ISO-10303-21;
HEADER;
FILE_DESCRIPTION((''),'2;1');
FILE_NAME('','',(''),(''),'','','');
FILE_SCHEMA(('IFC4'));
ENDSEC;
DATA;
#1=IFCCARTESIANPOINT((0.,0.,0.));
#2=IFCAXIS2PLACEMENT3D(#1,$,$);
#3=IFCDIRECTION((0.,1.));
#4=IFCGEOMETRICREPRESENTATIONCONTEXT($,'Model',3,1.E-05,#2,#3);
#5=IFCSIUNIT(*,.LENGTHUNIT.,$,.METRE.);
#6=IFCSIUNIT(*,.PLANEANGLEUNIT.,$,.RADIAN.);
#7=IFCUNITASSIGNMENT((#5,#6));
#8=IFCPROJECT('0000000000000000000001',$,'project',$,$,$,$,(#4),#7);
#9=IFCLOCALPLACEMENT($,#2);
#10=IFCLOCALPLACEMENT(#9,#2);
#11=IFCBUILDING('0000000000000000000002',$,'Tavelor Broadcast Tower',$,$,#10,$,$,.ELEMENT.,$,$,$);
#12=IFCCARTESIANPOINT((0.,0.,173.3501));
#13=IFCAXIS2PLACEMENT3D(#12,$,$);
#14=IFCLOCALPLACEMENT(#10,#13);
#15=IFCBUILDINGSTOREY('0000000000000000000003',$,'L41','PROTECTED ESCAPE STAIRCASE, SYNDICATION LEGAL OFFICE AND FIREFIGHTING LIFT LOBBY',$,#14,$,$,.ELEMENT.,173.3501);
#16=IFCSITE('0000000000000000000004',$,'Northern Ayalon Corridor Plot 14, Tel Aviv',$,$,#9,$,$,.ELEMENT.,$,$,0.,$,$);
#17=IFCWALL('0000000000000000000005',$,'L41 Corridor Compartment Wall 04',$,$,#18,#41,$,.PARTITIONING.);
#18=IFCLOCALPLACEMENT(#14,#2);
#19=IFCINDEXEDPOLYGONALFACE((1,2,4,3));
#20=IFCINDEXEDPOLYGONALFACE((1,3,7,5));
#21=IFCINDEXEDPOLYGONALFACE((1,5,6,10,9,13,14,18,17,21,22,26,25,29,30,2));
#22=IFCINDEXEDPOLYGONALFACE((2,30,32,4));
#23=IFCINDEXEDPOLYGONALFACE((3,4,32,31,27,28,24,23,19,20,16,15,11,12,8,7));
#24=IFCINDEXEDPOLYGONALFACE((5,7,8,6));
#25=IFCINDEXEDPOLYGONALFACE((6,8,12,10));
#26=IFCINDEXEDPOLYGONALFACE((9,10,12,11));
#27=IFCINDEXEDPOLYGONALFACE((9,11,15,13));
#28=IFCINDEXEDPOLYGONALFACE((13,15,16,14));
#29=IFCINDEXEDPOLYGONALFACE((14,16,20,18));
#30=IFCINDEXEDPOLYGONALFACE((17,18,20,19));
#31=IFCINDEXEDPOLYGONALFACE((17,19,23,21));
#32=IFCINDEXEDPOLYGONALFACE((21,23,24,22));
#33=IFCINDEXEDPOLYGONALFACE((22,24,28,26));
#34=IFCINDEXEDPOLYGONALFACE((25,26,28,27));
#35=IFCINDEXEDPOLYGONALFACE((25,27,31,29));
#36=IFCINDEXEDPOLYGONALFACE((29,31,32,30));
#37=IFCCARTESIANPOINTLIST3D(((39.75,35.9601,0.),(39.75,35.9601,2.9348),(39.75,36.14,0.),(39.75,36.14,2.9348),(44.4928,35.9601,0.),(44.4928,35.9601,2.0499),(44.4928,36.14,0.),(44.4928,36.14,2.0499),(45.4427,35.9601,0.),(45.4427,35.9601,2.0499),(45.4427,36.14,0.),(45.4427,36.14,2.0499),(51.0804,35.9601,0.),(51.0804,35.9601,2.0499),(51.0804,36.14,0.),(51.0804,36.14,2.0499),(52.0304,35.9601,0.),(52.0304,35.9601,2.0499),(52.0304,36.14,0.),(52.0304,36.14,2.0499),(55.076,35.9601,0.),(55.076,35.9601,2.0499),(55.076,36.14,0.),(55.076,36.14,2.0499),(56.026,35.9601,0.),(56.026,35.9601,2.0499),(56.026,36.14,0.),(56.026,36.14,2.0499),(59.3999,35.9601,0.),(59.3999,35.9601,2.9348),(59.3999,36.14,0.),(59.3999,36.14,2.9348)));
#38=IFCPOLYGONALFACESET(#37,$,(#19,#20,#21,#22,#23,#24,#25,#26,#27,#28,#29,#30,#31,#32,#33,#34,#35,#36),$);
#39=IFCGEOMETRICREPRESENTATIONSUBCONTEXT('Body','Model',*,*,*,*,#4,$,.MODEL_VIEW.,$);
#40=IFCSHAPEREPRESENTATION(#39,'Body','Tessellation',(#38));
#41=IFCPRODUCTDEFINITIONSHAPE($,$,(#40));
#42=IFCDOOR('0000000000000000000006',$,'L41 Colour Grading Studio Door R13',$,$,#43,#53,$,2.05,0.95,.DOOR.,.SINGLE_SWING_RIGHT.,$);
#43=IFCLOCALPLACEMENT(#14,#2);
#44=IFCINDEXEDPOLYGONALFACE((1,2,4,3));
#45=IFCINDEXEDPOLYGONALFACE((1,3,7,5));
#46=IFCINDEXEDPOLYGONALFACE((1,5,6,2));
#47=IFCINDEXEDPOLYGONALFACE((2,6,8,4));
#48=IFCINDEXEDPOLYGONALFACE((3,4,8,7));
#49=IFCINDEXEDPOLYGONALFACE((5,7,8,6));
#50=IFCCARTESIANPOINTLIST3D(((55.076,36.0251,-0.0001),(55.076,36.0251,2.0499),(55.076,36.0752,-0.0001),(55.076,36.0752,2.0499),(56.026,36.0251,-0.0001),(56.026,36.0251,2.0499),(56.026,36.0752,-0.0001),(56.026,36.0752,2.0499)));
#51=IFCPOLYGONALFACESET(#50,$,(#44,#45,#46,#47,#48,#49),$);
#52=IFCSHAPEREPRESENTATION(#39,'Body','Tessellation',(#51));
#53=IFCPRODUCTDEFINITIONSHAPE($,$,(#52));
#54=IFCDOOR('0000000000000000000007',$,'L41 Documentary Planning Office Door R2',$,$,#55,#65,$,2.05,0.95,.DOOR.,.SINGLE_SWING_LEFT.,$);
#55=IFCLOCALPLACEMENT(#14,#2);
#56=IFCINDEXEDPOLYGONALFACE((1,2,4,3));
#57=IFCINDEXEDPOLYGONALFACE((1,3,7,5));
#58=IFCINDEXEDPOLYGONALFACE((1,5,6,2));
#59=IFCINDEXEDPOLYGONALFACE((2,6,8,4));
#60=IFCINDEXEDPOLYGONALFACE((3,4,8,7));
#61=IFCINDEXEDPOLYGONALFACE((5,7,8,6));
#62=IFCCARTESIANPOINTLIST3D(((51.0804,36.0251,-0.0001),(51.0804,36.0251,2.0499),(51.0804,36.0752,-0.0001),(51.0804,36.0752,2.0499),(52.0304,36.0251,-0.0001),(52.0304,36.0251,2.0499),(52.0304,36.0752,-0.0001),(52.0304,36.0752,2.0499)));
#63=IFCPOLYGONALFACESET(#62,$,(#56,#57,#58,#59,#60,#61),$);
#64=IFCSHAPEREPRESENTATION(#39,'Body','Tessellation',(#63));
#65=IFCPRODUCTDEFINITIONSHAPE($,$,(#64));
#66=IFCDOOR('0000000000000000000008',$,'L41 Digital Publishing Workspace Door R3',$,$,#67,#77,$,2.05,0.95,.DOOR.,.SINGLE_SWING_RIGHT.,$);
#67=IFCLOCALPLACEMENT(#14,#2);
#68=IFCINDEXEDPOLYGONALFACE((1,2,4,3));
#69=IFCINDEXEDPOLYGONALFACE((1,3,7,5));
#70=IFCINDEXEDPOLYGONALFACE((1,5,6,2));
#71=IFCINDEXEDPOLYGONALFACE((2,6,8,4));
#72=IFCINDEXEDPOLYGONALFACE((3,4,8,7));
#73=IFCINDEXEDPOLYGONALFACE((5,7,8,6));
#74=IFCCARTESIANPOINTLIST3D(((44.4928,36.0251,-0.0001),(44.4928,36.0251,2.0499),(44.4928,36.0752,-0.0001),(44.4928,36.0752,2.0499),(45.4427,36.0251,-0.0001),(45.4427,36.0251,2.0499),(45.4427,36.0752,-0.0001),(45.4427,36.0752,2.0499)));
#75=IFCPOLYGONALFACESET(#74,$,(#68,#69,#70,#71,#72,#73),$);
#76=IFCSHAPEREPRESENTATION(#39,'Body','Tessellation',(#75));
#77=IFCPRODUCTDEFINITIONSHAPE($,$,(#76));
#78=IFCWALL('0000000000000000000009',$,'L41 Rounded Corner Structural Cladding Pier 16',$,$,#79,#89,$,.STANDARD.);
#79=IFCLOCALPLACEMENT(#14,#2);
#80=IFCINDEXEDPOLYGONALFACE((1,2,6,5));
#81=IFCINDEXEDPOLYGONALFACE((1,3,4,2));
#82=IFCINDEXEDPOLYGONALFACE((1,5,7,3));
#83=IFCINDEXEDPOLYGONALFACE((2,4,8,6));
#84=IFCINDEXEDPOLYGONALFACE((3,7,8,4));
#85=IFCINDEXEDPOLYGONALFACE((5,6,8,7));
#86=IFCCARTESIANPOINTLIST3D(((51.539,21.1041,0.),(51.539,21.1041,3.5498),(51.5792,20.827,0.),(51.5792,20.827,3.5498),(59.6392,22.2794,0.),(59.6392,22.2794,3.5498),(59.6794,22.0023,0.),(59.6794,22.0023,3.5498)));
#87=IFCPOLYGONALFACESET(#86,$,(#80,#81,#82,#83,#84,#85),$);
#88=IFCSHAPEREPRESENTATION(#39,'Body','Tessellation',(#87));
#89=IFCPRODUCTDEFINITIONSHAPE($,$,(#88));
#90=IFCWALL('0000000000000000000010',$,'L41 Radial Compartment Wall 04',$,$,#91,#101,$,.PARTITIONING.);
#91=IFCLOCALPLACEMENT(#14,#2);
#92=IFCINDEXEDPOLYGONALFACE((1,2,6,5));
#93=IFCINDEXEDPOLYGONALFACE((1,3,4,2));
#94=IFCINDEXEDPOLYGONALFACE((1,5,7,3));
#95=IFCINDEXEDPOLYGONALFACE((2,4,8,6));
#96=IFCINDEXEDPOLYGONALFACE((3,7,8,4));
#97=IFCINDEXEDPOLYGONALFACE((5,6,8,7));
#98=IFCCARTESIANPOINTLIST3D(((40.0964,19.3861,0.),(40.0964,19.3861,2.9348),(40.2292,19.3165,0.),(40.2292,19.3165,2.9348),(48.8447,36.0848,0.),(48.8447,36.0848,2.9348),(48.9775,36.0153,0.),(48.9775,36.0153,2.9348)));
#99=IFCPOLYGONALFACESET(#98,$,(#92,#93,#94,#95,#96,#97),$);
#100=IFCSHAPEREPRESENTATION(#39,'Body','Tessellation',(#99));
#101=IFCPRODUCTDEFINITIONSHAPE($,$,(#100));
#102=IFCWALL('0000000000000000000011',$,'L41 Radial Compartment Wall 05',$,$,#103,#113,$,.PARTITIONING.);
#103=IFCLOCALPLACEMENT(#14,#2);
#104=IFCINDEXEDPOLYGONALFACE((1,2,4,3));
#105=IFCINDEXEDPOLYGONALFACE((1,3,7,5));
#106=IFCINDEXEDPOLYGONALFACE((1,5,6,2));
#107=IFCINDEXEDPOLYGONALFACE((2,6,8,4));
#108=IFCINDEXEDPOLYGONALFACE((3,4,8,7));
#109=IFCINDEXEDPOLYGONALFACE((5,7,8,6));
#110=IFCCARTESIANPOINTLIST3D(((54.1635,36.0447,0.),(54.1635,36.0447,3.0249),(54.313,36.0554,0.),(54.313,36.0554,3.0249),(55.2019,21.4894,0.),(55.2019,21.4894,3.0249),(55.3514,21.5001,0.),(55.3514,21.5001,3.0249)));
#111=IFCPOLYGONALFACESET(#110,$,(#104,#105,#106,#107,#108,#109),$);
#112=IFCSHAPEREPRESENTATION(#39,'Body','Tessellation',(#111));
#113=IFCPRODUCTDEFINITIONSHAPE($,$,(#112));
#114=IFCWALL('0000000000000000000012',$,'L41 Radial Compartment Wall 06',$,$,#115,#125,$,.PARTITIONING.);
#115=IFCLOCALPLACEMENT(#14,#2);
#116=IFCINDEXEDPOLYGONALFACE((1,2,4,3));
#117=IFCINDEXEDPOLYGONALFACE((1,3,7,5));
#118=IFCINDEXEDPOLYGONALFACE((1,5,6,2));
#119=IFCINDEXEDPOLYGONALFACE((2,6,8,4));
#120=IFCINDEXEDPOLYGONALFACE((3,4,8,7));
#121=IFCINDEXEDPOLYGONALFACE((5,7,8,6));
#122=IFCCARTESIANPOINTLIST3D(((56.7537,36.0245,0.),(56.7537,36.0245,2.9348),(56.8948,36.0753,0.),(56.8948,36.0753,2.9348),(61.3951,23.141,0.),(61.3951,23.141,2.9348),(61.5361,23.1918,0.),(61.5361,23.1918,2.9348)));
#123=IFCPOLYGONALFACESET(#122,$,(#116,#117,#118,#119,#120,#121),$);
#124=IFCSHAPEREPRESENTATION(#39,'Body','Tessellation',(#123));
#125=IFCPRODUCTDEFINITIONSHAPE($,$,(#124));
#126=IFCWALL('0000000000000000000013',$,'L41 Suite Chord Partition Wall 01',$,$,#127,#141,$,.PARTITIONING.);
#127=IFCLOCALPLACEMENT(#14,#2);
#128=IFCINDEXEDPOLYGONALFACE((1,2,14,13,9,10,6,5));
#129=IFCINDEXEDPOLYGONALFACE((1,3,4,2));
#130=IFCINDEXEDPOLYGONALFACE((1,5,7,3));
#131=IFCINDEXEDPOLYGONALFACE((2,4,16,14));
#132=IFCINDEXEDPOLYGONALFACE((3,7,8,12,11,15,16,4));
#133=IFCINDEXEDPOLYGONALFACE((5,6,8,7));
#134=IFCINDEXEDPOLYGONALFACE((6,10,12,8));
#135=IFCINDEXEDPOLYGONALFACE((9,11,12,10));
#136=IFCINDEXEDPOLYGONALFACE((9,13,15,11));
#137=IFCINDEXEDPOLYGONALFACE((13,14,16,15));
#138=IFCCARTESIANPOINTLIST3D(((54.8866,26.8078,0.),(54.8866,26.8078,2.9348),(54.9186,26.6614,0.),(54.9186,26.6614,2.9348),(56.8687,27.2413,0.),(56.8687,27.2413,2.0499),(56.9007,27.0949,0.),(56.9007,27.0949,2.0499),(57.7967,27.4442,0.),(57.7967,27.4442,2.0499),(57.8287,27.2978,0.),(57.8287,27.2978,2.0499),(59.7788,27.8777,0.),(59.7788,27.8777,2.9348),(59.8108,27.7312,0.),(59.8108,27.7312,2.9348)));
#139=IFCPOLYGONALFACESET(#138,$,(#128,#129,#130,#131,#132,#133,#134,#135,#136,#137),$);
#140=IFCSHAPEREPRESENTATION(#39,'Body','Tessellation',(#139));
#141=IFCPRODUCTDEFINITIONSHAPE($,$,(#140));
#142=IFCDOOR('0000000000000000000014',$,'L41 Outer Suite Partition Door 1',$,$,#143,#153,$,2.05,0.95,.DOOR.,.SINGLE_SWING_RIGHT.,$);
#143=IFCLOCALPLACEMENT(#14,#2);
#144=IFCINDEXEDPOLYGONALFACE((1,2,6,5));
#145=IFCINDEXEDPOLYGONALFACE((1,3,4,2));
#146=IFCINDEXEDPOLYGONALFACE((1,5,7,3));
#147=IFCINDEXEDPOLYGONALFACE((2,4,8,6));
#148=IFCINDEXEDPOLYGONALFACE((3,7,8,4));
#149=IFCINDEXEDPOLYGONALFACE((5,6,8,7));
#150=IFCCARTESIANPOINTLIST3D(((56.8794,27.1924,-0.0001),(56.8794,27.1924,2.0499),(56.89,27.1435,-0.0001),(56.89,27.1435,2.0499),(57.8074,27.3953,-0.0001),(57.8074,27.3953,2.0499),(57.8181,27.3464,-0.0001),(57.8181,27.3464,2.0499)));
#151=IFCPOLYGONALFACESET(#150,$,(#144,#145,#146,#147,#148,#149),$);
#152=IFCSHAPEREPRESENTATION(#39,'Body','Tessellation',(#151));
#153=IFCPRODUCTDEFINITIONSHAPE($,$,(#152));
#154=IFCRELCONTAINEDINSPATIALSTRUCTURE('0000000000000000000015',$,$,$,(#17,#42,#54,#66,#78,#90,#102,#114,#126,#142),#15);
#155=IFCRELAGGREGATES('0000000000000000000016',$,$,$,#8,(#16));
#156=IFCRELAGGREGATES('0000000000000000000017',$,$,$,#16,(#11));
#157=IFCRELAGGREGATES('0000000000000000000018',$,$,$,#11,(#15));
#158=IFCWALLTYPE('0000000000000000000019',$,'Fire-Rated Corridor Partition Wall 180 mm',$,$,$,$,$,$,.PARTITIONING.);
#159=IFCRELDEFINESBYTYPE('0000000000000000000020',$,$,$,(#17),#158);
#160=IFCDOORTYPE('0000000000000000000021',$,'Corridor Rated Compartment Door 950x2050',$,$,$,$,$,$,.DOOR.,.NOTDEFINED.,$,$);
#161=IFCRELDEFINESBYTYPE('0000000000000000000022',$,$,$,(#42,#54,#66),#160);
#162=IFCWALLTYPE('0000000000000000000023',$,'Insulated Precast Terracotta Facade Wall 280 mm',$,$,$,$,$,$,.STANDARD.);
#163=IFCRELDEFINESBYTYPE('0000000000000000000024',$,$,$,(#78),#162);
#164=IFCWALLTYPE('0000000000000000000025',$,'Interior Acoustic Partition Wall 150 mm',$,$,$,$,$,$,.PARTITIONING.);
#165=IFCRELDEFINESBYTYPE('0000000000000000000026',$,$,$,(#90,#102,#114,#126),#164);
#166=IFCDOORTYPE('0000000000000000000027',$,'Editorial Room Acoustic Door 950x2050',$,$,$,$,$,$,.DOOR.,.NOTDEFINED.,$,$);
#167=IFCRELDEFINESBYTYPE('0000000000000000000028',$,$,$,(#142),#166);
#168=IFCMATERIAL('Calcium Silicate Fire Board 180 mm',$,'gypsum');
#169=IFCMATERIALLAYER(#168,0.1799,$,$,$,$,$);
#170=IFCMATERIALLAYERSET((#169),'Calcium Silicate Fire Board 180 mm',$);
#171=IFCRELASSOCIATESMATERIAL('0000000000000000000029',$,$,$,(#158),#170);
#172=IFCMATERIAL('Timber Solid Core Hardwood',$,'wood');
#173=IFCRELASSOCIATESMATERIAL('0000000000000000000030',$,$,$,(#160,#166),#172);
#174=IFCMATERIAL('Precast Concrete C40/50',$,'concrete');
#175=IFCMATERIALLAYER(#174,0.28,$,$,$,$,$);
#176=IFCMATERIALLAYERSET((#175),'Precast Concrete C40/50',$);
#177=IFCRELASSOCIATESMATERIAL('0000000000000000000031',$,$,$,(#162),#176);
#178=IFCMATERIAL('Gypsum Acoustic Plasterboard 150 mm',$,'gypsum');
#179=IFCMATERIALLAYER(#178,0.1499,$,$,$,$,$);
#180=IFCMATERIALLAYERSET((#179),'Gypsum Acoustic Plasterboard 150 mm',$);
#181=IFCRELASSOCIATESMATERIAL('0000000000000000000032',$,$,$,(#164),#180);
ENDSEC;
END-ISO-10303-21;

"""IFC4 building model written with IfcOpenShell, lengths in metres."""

from ifc_helpers import new_model, si_unit, direction, frame, frame_2d, origin, place, context, subcontext, project, spatial, rectangle, extrude, material, layer, layer_set, type_object, element, fill, save


model = new_model("IFC4")

# Units and contexts
model_context = context("Model", 3, precision=1e-05, world=origin(), true_north=direction((0.0, 1.0)))
body_context = subcontext(model_context, "Body", "Model", "MODEL_VIEW")
ifc_project = project(units=[si_unit("LENGTHUNIT", "METRE"), si_unit("PLANEANGLEUNIT", "RADIAN")], contexts=[model_context])

# Site, building, storey
site_placement = place(None, origin())
site = spatial("IfcSite", under=ifc_project, at=site_placement, Name="Northern Ayalon Corridor Plot 14, Tel Aviv", CompositionType="ELEMENT", RefElevation=0.0)
building_placement = place(site_placement, origin())
building = spatial("IfcBuilding", under=site, at=building_placement, Name="Tavelor Broadcast Tower", CompositionType="ELEMENT")
storey_placement = place(building_placement, frame((0.0, 0.0, 173.3501)))
storey = spatial("IfcBuildingStorey", under=building, at=storey_placement, Name="L41", Description="PROTECTED ESCAPE STAIRCASE, SYNDICATION LEGAL OFFICE AND FIREFIGHTING LIFT LOBBY", CompositionType="ELEMENT", Elevation=173.3501)

# Wall, openings, doors
ifc_material_1 = material(Name="Calcium Silicate Fire Board 180 mm", Category="gypsum")
ifc_layer_1 = layer(ifc_material_1, 0.1799)
ifc_layer_set_1 = layer_set([ifc_layer_1], Name="Calcium Silicate Fire Board 180 mm")
wall_type_1 = type_object("IfcWallType", Name="Fire-Rated Corridor Partition Wall 180 mm", PredefinedType="PARTITIONING", material=ifc_layer_set_1)
wall_1_placement = place(storey_placement, frame((59.3999, 36.05, 0.0), z_axis=(0.0, 0.0, 1.0), x_axis=(-1.0, 0.0, 0.0)))
wall_1 = element("IfcWall", 1, at=wall_1_placement, inside=storey, type_object=wall_type_1, Name="L41 Corridor Compartment Wall 04", PredefinedType="PARTITIONING", context=body_context, shape_type="SweptSolid", body=[
    extrude(rectangle(XDim=19.6499, YDim=0.1799, at=frame_2d((9.825, 0.0))), origin(), (0.0, 0.0, 1.0), 2.9348),
])
opening_1_placement = place(wall_1_placement, frame((3.3738, 0.0, 0.0)))
opening_1 = element("IfcOpeningElement", 2, at=opening_1_placement, cuts=wall_1, PredefinedType="OPENING", context=body_context, shape_type="SweptSolid", body=[
    extrude(rectangle(XDim=0.95, YDim=2.05, at=frame_2d((0.4751, 1.0249))), frame((0.0, 0.1001, 0.0), z_axis=(0.0, -1.0, 0.0), x_axis=(1.0, 0.0, 0.0)), (0.0, 0.0, 1.0), 0.2),
])
opening_2_placement = place(wall_1_placement, frame((7.3694, 0.0, 0.0)))
opening_2 = element("IfcOpeningElement", 3, at=opening_2_placement, cuts=wall_1, PredefinedType="OPENING", context=body_context, shape_type="SweptSolid", body=[
    extrude(rectangle(XDim=0.95, YDim=2.05, at=frame_2d((0.4751, 1.0249))), frame((0.0, 0.1001, 0.0), z_axis=(0.0, -1.0, 0.0), x_axis=(1.0, 0.0, 0.0)), (0.0, 0.0, 1.0), 0.2),
])
opening_3_placement = place(wall_1_placement, frame((13.957, 0.0, 0.0)))
opening_3 = element("IfcOpeningElement", 4, at=opening_3_placement, cuts=wall_1, PredefinedType="OPENING", context=body_context, shape_type="SweptSolid", body=[
    extrude(rectangle(XDim=0.95, YDim=2.05, at=frame_2d((0.4751, 1.0249))), frame((0.0, 0.1001, 0.0), z_axis=(0.0, -1.0, 0.0), x_axis=(1.0, 0.0, 0.0)), (0.0, 0.0, 1.0), 0.2),
])
ifc_material_2 = material(Name="Timber Solid Core Hardwood", Category="wood")
door_type_1 = type_object("IfcDoorType", Name="Corridor Rated Compartment Door 950x2050", OperationType="NOTDEFINED", PredefinedType="DOOR", material=ifc_material_2)
door_1_placement = place(opening_1_placement, origin())
door_1 = element("IfcDoor", 5, at=door_1_placement, inside=storey, type_object=door_type_1, Name="L41 Colour Grading Studio Door R13", OperationType="SINGLE_SWING_RIGHT", OverallHeight=2.05, OverallWidth=0.95, PredefinedType="DOOR", context=body_context, shape_type="SweptSolid", body=[
    extrude(rectangle(XDim=0.95, YDim=2.05, at=frame_2d((0.4751, 1.0249))), frame((0.0, 0.0249, 0.0), z_axis=(0.0, -1.0, 0.0), x_axis=(1.0, 0.0, 0.0)), (0.0, 0.0, 1.0), 0.05),
])
fill(opening_1, door_1)
door_2_placement = place(opening_2_placement, origin())
door_2 = element("IfcDoor", 6, at=door_2_placement, inside=storey, type_object=door_type_1, Name="L41 Documentary Planning Office Door R2", OperationType="SINGLE_SWING_LEFT", OverallHeight=2.05, OverallWidth=0.95, PredefinedType="DOOR", context=body_context, shape_type="SweptSolid", body=[
    extrude(rectangle(XDim=0.95, YDim=2.05, at=frame_2d((0.4751, 1.0249))), frame((0.0, 0.0249, 0.0), z_axis=(0.0, -1.0, 0.0), x_axis=(1.0, 0.0, 0.0)), (0.0, 0.0, 1.0), 0.05),
])
fill(opening_2, door_2)
door_3_placement = place(opening_3_placement, origin())
door_3 = element("IfcDoor", 7, at=door_3_placement, inside=storey, type_object=door_type_1, Name="L41 Digital Publishing Workspace Door R3", OperationType="SINGLE_SWING_RIGHT", OverallHeight=2.05, OverallWidth=0.95, PredefinedType="DOOR", context=body_context, shape_type="SweptSolid", body=[
    extrude(rectangle(XDim=0.95, YDim=2.05, at=frame_2d((0.4751, 1.0249))), frame((0.0, 0.0249, 0.0), z_axis=(0.0, -1.0, 0.0), x_axis=(1.0, 0.0, 0.0)), (0.0, 0.0, 1.0), 0.05),
])
fill(opening_3, door_3)

# Walls
ifc_material_3 = material(Name="Precast Concrete C40/50", Category="concrete")
ifc_layer_2 = layer(ifc_material_3, 0.28)
ifc_layer_set_2 = layer_set([ifc_layer_2], Name="Precast Concrete C40/50")
wall_type_2 = type_object("IfcWallType", Name="Insulated Precast Terracotta Facade Wall 280 mm", PredefinedType="STANDARD", material=ifc_layer_set_2)
wall_2_placement = place(storey_placement, frame((51.5591, 20.9656, 0.0), z_axis=(0.0, 0.0, 1.0), x_axis=(0.989638, 0.143588, 0.0)))
element("IfcWall", 8, at=wall_2_placement, inside=storey, type_object=wall_type_2, Name="L41 Rounded Corner Structural Cladding Pier 16", PredefinedType="STANDARD", context=body_context, shape_type="SweptSolid", body=[
    extrude(rectangle(XDim=8.1851, YDim=0.28, at=frame_2d((4.0925, 0.0))), origin(), (0.0, 0.0, 1.0), 3.5498),
])
ifc_material_4 = material(Name="Gypsum Acoustic Plasterboard 150 mm", Category="gypsum")
ifc_layer_3 = layer(ifc_material_4, 0.1499)
ifc_layer_set_3 = layer_set([ifc_layer_3], Name="Gypsum Acoustic Plasterboard 150 mm")
wall_type_3 = type_object("IfcWallType", Name="Interior Acoustic Partition Wall 150 mm", PredefinedType="PARTITIONING", material=ifc_layer_set_3)
wall_3_placement = place(storey_placement, frame((48.9111, 36.05, 0.0), z_axis=(0.0, 0.0, 1.0), x_axis=(-0.464063, -0.885802, 0.0)))
element("IfcWall", 9, at=wall_3_placement, inside=storey, type_object=wall_type_3, Name="L41 Radial Compartment Wall 04", PredefinedType="PARTITIONING", context=body_context, shape_type="SweptSolid", body=[
    extrude(rectangle(XDim=18.8516, YDim=0.1499, at=frame_2d((9.4258, 0.0))), origin(), (0.0, 0.0, 1.0), 2.9348),
])
wall_4_placement = place(storey_placement, frame((54.2383, 36.05, 0.0), z_axis=(0.0, 0.0, 1.0), x_axis=(0.071157, -0.997465, 0.0)))
element("IfcWall", 10, at=wall_4_placement, inside=storey, type_object=wall_type_3, Name="L41 Radial Compartment Wall 05", PredefinedType="PARTITIONING", context=body_context, shape_type="SweptSolid", body=[
    extrude(rectangle(XDim=14.5923, YDim=0.1499, at=frame_2d((7.2961, 0.0))), origin(), (0.0, 0.0, 1.0), 3.0249),
])
wall_5_placement = place(storey_placement, frame((56.8242, 36.05, 0.0), z_axis=(0.0, 0.0, 1.0), x_axis=(0.338932, -0.940811, 0.0)))
element("IfcWall", 11, at=wall_5_placement, inside=storey, type_object=wall_type_3, Name="L41 Radial Compartment Wall 06", PredefinedType="PARTITIONING", context=body_context, shape_type="SweptSolid", body=[
    extrude(rectangle(XDim=13.6941, YDim=0.1499, at=frame_2d((6.8472, 0.0))), origin(), (0.0, 0.0, 1.0), 2.9348),
])

# Wall, opening, door
wall_6_placement = place(storey_placement, frame((54.9026, 26.7346, 0.0), z_axis=(0.0, 0.0, 1.0), x_axis=(0.976913, 0.213636, 0.0)))
wall_6 = element("IfcWall", 12, at=wall_6_placement, inside=storey, type_object=wall_type_3, Name="L41 Suite Chord Partition Wall 01", PredefinedType="PARTITIONING", context=body_context, shape_type="SweptSolid", body=[
    extrude(rectangle(XDim=5.0078, YDim=0.1499, at=frame_2d((2.5039, 0.0))), origin(), (0.0, 0.0, 1.0), 2.9348),
])
opening_4_placement = place(wall_6_placement, frame((2.0288, 0.0, 0.0)))
opening_4 = element("IfcOpeningElement", 13, at=opening_4_placement, cuts=wall_6, PredefinedType="OPENING", context=body_context, shape_type="SweptSolid", body=[
    extrude(rectangle(XDim=0.95, YDim=2.05, at=frame_2d((0.4751, 1.0249))), frame((0.0, 0.085, 0.0), z_axis=(0.0, -1.0, 0.0), x_axis=(1.0, 0.0, 0.0)), (0.0, 0.0, 1.0), 0.1699),
])
door_type_2 = type_object("IfcDoorType", Name="Editorial Room Acoustic Door 950x2050", OperationType="NOTDEFINED", PredefinedType="DOOR", material=ifc_material_2)
door_4_placement = place(opening_4_placement, origin())
door_4 = element("IfcDoor", 14, at=door_4_placement, inside=storey, type_object=door_type_2, Name="L41 Outer Suite Partition Door 1", OperationType="SINGLE_SWING_RIGHT", OverallHeight=2.05, OverallWidth=0.95, PredefinedType="DOOR", context=body_context, shape_type="SweptSolid", body=[
    extrude(rectangle(XDim=0.95, YDim=2.05, at=frame_2d((0.4751, 1.0249))), frame((0.0, 0.0249, 0.0), z_axis=(0.0, -1.0, 0.0), x_axis=(1.0, 0.0, 0.0)), (0.0, 0.0, 1.0), 0.05),
])
fill(opening_4, door_4)

save(model, "model.ifc")
